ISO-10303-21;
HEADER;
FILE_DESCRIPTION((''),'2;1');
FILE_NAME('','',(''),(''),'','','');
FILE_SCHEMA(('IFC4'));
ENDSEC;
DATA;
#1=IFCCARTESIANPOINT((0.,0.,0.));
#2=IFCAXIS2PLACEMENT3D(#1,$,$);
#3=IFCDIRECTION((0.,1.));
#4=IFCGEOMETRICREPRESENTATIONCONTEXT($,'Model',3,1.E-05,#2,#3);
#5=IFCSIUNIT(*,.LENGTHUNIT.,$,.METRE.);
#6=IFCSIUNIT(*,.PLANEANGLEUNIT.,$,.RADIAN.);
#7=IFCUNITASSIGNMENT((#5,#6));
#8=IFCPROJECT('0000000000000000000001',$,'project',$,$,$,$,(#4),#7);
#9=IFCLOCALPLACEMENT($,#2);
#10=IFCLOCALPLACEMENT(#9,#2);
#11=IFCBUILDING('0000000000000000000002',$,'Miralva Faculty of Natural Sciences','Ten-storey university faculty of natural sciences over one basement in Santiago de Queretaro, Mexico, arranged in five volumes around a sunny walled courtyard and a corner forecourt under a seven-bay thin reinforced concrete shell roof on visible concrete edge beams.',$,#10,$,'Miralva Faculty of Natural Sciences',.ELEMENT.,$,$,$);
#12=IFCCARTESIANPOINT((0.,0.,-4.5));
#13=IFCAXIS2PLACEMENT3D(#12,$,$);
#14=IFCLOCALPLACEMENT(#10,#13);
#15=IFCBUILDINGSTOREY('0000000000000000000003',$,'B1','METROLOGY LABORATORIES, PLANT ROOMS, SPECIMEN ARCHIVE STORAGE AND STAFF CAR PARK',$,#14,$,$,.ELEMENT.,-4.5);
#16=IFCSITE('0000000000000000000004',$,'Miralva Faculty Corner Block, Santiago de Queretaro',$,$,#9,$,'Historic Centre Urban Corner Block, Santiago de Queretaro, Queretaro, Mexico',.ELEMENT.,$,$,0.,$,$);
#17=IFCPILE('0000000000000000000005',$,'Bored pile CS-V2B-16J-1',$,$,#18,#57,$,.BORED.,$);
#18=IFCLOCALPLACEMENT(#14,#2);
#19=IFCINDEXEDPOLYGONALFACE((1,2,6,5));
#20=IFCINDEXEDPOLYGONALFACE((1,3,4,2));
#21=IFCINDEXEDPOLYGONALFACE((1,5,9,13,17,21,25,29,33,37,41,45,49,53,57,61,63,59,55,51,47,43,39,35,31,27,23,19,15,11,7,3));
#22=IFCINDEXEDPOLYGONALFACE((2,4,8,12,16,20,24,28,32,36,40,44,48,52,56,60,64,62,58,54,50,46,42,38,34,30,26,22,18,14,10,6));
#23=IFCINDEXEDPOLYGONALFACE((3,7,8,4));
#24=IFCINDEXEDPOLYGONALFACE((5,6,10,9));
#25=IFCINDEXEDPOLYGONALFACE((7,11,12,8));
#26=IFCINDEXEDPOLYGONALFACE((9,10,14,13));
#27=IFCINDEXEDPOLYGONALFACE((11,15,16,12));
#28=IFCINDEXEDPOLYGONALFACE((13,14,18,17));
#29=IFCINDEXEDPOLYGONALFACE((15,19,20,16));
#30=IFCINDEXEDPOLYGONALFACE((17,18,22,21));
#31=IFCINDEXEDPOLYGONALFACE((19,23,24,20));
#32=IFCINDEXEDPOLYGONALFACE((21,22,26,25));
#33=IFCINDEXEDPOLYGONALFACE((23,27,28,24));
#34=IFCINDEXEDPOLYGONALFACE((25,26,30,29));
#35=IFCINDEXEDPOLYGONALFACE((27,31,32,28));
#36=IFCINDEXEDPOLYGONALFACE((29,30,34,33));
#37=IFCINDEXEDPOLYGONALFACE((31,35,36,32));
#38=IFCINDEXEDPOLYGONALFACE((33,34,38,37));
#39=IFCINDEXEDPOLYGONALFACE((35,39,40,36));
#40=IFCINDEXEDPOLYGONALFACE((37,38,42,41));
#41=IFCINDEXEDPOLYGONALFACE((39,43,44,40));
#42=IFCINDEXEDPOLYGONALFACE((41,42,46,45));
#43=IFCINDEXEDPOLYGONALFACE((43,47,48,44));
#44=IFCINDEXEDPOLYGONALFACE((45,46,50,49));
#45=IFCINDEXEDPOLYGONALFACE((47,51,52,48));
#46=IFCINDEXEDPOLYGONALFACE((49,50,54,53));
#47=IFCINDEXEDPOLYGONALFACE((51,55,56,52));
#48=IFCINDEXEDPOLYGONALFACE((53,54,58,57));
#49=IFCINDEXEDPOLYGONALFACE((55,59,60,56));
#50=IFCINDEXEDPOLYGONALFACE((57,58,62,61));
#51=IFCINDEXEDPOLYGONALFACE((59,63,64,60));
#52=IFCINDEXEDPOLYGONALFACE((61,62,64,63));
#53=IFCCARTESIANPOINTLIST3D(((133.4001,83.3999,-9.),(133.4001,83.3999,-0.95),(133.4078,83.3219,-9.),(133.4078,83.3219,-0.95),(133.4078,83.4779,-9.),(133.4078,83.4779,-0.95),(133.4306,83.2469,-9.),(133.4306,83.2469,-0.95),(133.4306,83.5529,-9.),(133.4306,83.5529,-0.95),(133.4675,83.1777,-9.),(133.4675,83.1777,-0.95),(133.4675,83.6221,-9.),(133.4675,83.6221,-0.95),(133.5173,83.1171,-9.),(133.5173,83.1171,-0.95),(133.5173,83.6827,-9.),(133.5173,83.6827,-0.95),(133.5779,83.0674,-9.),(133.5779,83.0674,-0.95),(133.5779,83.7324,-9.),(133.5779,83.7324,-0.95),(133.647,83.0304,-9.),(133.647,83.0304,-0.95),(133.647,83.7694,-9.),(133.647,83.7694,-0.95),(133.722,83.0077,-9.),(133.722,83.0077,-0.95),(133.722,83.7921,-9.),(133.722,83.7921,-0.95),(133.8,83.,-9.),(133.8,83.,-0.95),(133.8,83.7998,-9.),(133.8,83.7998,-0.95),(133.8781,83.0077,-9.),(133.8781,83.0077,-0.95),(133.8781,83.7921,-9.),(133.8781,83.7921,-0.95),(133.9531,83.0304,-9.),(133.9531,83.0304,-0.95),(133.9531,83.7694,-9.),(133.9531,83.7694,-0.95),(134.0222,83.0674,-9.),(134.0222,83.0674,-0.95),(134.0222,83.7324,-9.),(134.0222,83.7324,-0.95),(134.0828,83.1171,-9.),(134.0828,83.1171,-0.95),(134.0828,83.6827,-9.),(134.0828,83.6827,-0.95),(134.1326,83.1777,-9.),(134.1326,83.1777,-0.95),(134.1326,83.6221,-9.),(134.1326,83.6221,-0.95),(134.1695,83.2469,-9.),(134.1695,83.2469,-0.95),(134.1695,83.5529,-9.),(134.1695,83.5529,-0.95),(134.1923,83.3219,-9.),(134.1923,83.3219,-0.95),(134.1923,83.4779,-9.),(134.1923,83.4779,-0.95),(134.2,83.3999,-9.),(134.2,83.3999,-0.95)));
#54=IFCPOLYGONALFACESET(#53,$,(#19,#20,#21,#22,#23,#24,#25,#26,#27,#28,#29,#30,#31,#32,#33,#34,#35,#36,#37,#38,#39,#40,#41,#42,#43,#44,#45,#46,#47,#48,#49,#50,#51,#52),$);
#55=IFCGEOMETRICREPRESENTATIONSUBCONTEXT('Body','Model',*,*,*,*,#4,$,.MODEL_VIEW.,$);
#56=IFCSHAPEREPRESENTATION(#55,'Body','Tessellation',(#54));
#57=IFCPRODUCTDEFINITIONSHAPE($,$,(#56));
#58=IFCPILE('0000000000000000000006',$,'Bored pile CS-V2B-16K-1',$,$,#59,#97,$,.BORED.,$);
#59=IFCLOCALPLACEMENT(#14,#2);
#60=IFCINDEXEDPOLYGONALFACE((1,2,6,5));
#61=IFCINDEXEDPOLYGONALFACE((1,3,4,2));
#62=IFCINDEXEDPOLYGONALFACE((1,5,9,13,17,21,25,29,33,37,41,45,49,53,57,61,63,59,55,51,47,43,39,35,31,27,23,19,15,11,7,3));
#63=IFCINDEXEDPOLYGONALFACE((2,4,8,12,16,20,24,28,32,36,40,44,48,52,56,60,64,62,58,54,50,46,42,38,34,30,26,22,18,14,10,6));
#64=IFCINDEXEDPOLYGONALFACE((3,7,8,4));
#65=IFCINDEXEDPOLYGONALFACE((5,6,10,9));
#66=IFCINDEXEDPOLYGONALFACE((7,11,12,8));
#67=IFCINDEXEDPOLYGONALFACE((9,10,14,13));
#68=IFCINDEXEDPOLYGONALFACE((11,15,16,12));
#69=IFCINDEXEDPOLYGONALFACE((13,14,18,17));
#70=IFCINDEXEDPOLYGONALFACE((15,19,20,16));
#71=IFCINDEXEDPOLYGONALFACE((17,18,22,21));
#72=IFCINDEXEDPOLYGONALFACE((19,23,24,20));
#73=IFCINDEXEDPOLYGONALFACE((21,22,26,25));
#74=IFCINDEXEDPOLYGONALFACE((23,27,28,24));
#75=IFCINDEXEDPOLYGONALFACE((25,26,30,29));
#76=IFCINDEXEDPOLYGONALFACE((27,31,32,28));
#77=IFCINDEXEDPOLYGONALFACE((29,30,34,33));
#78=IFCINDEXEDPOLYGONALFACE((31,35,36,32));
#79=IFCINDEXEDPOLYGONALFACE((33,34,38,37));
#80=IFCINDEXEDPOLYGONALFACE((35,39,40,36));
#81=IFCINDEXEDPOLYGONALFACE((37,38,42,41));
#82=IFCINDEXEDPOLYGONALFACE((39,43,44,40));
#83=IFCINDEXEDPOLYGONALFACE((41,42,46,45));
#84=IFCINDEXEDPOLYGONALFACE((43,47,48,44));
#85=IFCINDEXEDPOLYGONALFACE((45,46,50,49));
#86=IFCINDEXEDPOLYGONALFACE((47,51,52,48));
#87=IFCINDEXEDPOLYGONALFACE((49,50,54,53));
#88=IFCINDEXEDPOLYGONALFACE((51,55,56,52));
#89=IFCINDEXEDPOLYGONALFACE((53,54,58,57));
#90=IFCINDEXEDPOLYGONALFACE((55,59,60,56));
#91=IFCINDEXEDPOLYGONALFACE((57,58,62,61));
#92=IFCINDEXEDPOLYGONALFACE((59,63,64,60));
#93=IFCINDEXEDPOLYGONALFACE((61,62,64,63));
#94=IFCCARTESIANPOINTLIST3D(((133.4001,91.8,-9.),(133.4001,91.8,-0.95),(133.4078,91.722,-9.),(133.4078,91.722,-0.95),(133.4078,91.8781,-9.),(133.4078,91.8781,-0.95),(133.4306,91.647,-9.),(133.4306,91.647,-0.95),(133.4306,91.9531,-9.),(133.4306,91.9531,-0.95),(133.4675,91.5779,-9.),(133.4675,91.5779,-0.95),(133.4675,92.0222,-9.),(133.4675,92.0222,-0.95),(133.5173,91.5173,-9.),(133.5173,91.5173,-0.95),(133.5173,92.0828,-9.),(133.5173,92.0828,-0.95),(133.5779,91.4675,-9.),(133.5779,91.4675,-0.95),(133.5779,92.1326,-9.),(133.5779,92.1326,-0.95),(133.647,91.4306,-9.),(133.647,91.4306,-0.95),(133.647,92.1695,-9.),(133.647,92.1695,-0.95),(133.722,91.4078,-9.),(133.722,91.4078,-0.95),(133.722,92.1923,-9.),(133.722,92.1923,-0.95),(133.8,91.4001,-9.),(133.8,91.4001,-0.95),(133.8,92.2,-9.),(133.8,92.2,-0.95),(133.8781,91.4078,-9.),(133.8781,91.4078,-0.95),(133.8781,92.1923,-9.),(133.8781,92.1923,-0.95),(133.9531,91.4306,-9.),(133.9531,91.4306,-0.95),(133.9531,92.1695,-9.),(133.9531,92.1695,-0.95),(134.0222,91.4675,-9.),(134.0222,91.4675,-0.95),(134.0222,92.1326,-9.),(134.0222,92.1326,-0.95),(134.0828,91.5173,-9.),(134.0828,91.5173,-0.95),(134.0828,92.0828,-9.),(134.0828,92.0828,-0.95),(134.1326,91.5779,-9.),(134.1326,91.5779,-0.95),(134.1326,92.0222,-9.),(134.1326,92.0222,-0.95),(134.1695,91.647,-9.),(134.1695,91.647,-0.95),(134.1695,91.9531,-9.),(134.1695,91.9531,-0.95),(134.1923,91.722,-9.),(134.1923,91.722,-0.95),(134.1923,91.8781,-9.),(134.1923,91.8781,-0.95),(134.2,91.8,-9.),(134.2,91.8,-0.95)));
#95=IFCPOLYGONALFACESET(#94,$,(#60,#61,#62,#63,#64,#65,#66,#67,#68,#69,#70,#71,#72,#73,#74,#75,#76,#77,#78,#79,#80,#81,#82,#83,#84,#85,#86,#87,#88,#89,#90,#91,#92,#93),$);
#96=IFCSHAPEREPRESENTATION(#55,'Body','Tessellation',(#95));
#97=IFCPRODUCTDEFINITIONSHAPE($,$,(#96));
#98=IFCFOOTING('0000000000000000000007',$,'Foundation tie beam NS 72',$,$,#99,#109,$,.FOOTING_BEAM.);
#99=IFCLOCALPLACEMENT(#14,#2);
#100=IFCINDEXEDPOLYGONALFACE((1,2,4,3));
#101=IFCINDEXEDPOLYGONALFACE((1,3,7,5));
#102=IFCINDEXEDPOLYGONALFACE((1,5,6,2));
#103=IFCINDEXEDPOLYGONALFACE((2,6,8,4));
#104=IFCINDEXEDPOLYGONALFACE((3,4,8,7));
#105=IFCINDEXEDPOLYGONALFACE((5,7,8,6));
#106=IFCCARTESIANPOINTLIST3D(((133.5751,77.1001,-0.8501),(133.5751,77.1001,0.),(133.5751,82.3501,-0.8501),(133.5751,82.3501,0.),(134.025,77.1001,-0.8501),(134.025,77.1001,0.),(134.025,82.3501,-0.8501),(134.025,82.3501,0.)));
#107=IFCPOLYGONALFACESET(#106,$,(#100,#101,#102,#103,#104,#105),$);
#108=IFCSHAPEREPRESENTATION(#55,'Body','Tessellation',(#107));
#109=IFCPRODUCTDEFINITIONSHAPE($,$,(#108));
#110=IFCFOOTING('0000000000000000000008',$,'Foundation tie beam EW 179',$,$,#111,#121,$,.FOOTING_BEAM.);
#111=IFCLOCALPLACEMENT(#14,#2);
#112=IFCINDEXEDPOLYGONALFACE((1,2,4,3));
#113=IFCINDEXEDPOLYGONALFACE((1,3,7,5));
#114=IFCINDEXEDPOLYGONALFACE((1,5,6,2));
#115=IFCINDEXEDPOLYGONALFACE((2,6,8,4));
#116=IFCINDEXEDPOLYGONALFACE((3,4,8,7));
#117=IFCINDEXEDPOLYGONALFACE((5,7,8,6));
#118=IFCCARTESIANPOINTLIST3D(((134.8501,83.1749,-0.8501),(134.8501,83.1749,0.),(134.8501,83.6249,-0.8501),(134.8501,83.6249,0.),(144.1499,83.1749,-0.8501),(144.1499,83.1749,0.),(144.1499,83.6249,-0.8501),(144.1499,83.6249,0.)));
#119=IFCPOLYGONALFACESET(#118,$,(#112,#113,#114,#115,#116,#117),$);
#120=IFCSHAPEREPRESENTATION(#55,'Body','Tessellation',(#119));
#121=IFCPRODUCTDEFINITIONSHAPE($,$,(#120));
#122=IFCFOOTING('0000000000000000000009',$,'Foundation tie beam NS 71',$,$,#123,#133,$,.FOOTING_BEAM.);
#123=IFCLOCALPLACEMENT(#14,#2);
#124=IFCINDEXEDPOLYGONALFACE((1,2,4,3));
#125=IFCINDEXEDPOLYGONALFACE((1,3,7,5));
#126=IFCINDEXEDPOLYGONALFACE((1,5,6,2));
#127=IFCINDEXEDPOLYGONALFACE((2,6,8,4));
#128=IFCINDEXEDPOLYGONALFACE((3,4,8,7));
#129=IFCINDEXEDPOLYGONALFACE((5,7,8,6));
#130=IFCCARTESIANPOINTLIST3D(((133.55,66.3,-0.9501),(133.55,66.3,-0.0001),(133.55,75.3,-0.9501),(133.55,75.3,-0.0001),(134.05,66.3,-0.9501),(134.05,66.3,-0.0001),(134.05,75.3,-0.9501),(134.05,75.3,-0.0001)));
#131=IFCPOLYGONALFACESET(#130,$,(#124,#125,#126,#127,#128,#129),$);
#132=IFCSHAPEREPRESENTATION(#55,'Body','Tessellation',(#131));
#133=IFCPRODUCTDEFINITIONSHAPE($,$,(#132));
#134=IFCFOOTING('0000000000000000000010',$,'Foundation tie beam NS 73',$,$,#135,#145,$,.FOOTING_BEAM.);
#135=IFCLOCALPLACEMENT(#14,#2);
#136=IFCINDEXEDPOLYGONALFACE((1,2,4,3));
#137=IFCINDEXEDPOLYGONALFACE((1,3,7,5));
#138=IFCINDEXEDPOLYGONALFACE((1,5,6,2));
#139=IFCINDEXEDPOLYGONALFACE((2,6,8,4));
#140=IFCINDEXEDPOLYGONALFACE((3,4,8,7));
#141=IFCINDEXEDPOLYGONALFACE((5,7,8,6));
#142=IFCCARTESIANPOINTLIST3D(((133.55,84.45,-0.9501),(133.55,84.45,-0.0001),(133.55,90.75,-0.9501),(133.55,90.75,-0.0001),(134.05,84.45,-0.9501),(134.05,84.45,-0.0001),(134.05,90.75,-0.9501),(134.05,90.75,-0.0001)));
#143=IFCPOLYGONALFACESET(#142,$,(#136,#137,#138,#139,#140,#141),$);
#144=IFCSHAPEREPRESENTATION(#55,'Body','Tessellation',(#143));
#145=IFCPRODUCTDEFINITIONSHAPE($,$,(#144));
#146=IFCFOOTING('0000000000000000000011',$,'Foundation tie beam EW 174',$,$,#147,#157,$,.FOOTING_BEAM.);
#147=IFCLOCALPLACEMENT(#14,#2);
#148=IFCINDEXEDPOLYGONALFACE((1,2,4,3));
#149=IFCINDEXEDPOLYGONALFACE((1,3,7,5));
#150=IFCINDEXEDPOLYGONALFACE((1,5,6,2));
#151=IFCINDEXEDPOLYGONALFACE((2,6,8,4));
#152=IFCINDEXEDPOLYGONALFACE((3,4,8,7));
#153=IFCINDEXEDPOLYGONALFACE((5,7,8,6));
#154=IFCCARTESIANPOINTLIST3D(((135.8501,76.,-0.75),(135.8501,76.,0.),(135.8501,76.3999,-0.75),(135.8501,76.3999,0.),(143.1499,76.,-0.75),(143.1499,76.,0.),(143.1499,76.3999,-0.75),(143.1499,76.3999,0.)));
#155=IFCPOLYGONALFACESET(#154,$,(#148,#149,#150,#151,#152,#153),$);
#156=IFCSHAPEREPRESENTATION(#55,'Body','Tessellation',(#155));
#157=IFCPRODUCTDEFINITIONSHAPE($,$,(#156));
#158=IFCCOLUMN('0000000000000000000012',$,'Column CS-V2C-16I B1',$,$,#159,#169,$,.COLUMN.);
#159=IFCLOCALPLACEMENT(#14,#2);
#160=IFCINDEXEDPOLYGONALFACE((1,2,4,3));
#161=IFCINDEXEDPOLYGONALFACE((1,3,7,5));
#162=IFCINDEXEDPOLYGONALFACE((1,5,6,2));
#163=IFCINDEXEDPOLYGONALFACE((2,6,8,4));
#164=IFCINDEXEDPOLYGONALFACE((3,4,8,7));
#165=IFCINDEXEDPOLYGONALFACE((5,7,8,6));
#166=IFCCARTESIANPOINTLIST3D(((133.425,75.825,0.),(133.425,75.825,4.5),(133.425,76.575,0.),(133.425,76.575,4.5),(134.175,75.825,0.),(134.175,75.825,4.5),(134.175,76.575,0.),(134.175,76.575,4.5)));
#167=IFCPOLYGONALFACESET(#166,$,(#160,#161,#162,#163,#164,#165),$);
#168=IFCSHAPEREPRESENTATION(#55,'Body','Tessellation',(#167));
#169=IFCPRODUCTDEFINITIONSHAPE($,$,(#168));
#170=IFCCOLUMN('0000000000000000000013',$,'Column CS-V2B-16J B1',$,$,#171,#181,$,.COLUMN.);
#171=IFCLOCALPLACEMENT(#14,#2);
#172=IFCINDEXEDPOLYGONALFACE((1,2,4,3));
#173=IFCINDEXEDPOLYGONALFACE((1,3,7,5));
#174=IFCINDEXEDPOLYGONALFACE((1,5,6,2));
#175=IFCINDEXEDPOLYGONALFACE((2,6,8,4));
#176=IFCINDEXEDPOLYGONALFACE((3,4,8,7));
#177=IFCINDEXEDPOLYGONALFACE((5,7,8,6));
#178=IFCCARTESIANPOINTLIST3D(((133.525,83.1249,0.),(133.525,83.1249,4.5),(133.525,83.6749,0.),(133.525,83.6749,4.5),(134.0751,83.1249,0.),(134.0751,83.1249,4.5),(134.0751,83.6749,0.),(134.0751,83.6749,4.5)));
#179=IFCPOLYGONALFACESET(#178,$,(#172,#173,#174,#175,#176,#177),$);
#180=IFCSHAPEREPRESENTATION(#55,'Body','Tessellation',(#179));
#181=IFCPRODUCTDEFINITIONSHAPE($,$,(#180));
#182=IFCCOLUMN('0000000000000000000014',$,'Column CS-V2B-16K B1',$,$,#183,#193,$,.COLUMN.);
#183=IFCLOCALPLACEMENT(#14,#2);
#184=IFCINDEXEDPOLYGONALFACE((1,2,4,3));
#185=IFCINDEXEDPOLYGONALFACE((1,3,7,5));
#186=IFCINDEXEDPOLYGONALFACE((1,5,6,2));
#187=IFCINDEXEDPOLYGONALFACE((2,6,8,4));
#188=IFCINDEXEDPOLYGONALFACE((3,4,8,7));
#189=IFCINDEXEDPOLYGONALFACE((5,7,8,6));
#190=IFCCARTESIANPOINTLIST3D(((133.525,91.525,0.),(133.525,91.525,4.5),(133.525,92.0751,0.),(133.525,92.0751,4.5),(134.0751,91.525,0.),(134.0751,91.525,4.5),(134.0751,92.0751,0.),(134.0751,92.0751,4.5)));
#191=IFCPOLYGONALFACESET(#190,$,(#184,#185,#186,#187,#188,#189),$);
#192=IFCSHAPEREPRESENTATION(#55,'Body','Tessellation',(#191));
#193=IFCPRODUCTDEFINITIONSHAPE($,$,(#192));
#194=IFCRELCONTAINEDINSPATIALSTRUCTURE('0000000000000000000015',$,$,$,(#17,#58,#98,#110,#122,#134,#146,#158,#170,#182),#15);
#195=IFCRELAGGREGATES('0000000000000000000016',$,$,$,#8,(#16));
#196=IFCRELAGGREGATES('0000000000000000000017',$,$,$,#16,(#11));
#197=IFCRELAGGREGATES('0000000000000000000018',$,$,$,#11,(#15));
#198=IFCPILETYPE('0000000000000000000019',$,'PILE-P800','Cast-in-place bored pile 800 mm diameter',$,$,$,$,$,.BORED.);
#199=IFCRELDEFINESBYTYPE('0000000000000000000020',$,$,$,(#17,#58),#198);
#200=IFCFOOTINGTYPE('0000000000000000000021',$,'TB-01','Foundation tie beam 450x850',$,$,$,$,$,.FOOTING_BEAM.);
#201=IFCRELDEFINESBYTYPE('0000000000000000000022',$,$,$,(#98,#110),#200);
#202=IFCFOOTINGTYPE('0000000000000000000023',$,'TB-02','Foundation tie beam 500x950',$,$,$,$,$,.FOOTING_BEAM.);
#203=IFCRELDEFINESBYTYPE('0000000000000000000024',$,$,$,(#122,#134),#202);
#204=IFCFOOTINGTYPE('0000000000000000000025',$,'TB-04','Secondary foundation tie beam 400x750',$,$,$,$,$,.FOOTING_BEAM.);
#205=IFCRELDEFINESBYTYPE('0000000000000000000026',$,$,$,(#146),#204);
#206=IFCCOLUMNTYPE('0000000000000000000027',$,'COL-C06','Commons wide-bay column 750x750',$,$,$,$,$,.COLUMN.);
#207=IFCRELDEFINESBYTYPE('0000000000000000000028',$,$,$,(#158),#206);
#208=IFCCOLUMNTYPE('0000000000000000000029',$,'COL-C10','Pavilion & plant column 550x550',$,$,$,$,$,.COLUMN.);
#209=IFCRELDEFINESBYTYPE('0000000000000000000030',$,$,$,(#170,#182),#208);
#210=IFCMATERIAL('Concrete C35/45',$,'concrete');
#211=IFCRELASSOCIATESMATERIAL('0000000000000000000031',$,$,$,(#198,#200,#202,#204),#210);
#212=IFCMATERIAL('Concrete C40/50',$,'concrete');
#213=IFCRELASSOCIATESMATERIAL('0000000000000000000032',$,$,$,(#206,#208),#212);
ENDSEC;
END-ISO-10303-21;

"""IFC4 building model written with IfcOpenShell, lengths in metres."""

from ifc_helpers import new_model, si_unit, direction, frame, origin, origin_2d, place, context, subcontext, project, spatial, rectangle, circle, extrude, material, material_profile, profile_set, type_object, element, save


model = new_model("IFC4")

# Units and contexts
model_context = context("Model", 3, precision=1e-05, world=origin(), true_north=direction((0.0, 1.0)))
body_context = subcontext(model_context, "Body", "Model", "MODEL_VIEW")
ifc_project = project(units=[si_unit("LENGTHUNIT", "METRE"), si_unit("PLANEANGLEUNIT", "RADIAN")], contexts=[model_context])

# Site, building, storey
site_placement = place(None, origin())
site = spatial("IfcSite", under=ifc_project, at=site_placement, Name="Miralva Faculty Corner Block, Santiago de Queretaro", LongName="Historic Centre Urban Corner Block, Santiago de Queretaro, Queretaro, Mexico", CompositionType="ELEMENT", RefElevation=0.0)
building_placement = place(site_placement, origin())
building = spatial("IfcBuilding", under=site, at=building_placement, Name="Miralva Faculty of Natural Sciences", Description="Ten-storey university faculty of natural sciences over one basement in Santiago de Queretaro, Mexico, arranged in five volumes around a sunny walled courtyard and a corner forecourt under a seven-bay thin reinforced concrete shell roof on visible concrete edge beams.", LongName="Miralva Faculty of Natural Sciences", CompositionType="ELEMENT")
storey_placement = place(building_placement, frame((0.0, 0.0, -4.5)))
storey = spatial("IfcBuildingStorey", under=building, at=storey_placement, Name="B1", Description="METROLOGY LABORATORIES, PLANT ROOMS, SPECIMEN ARCHIVE STORAGE AND STAFF CAR PARK", CompositionType="ELEMENT", Elevation=-4.5)

# Shared definitions
ifc_material_1 = material(Name="Concrete C35/45", Category="concrete")

# Piles
ifc_material_profile_1 = material_profile(ifc_material_1, circle(Radius=0.3999, at=origin_2d()), Name="BORED PILE 800")
ifc_profile_set_1 = profile_set([ifc_material_profile_1], Name="Concrete C35/45")
pile_type_1 = type_object("IfcPileType", Name="PILE-P800", Description="Cast-in-place bored pile 800 mm diameter", PredefinedType="BORED", material=ifc_profile_set_1)
for number, where, z_axis, x_axis, name in (
    (1, (133.8, 83.3999, -0.95), (0.0, 0.0, -1.0), (1.0, 0.0, 0.0), "Bored pile CS-V2B-16J-1"),
    (2, (133.8, 91.8, -0.95), (0.0, 0.0, -1.0), (1.0, 0.0, 0.0), "Bored pile CS-V2B-16K-1"),
):
    element("IfcPile", number, at=place(storey_placement, frame(where, z_axis=z_axis, x_axis=x_axis)), inside=storey, type_object=pile_type_1, Name=name, PredefinedType="BORED", context=body_context, shape_type="SweptSolid", body=[
        extrude(circle(Radius=0.3999, at=origin_2d()), origin(), (0.0, 0.0, 1.0), 8.05),
    ])

# Footings
ifc_material_profile_2 = material_profile(ifc_material_1, rectangle(XDim=0.45, YDim=0.8501, at=origin_2d()), Name="RC 450x850")
ifc_profile_set_2 = profile_set([ifc_material_profile_2], Name="Concrete C35/45")
footing_type_1 = type_object("IfcFootingType", Name="TB-01", Description="Foundation tie beam 450x850", PredefinedType="FOOTING_BEAM", material=ifc_profile_set_2)
footing_1_placement = place(storey_placement, frame((133.8, 77.1001, -0.425), z_axis=(0.0, 1.0, 0.0), x_axis=(-1.0, 0.0, 0.0)))
element("IfcFooting", 3, at=footing_1_placement, inside=storey, type_object=footing_type_1, Name="Foundation tie beam NS 72", PredefinedType="FOOTING_BEAM", context=body_context, shape_type="SweptSolid", body=[
    extrude(rectangle(XDim=0.45, YDim=0.8501, at=origin_2d()), origin(), (0.0, 0.0, 1.0), 5.25),
])
footing_2_placement = place(storey_placement, frame((134.8501, 83.3999, -0.425), z_axis=(1.0, 0.0, 0.0), x_axis=(0.0, 1.0, 0.0)))
element("IfcFooting", 4, at=footing_2_placement, inside=storey, type_object=footing_type_1, Name="Foundation tie beam EW 179", PredefinedType="FOOTING_BEAM", context=body_context, shape_type="SweptSolid", body=[
    extrude(rectangle(XDim=0.45, YDim=0.8501, at=origin_2d()), origin(), (0.0, 0.0, 1.0), 9.2998),
])
ifc_material_profile_3 = material_profile(ifc_material_1, rectangle(XDim=0.5, YDim=0.95, at=origin_2d()), Name="RC 500x950")
ifc_profile_set_3 = profile_set([ifc_material_profile_3], Name="Concrete C35/45")
footing_type_2 = type_object("IfcFootingType", Name="TB-02", Description="Foundation tie beam 500x950", PredefinedType="FOOTING_BEAM", material=ifc_profile_set_3)
footing_3_placement = place(storey_placement, frame((133.8, 66.3, -0.4751), z_axis=(0.0, 1.0, 0.0), x_axis=(-1.0, 0.0, 0.0)))
element("IfcFooting", 5, at=footing_3_placement, inside=storey, type_object=footing_type_2, Name="Foundation tie beam NS 71", PredefinedType="FOOTING_BEAM", context=body_context, shape_type="SweptSolid", body=[
    extrude(rectangle(XDim=0.5, YDim=0.95, at=origin_2d()), origin(), (0.0, 0.0, 1.0), 9.0),
])
footing_4_placement = place(storey_placement, frame((133.8, 84.45, -0.4751), z_axis=(0.0, 1.0, 0.0), x_axis=(-1.0, 0.0, 0.0)))
element("IfcFooting", 6, at=footing_4_placement, inside=storey, type_object=footing_type_2, Name="Foundation tie beam NS 73", PredefinedType="FOOTING_BEAM", context=body_context, shape_type="SweptSolid", body=[
    extrude(rectangle(XDim=0.5, YDim=0.95, at=origin_2d()), origin(), (0.0, 0.0, 1.0), 6.3),
])
ifc_material_profile_4 = material_profile(ifc_material_1, rectangle(XDim=0.3999, YDim=0.75, at=origin_2d()), Name="RC 400x750")
ifc_profile_set_4 = profile_set([ifc_material_profile_4], Name="Concrete C35/45")
footing_type_3 = type_object("IfcFootingType", Name="TB-04", Description="Secondary foundation tie beam 400x750", PredefinedType="FOOTING_BEAM", material=ifc_profile_set_4)
footing_5_placement = place(storey_placement, frame((135.8501, 76.2, -0.375), z_axis=(1.0, 0.0, 0.0), x_axis=(0.0, 1.0, 0.0)))
element("IfcFooting", 7, at=footing_5_placement, inside=storey, type_object=footing_type_3, Name="Foundation tie beam EW 174", PredefinedType="FOOTING_BEAM", context=body_context, shape_type="SweptSolid", body=[
    extrude(rectangle(XDim=0.3999, YDim=0.75, at=origin_2d()), origin(), (0.0, 0.0, 1.0), 7.2998),
])

# Columns
ifc_material_2 = material(Name="Concrete C40/50", Category="concrete")
ifc_material_profile_5 = material_profile(ifc_material_2, rectangle(XDim=0.75, YDim=0.75, at=origin_2d()), Name="RC 750x750")
ifc_profile_set_5 = profile_set([ifc_material_profile_5], Name="Concrete C40/50")
column_type_1 = type_object("IfcColumnType", Name="COL-C06", Description="Commons wide-bay column 750x750", PredefinedType="COLUMN", material=ifc_profile_set_5)
column_placement = place(storey_placement, frame((133.8, 76.2, 0.0), z_axis=(0.0, 0.0, 1.0), x_axis=(1.0, 0.0, 0.0)))
element("IfcColumn", 8, at=column_placement, inside=storey, type_object=column_type_1, Name="Column CS-V2C-16I B1", PredefinedType="COLUMN", context=body_context, shape_type="SweptSolid", body=[
    extrude(rectangle(XDim=0.75, YDim=0.75, at=origin_2d()), origin(), (0.0, 0.0, 1.0), 4.5),
])
ifc_material_profile_6 = material_profile(ifc_material_2, rectangle(XDim=0.55, YDim=0.55, at=origin_2d()), Name="RC 550x550")
ifc_profile_set_6 = profile_set([ifc_material_profile_6], Name="Concrete C40/50")
column_type_2 = type_object("IfcColumnType", Name="COL-C10", Description="Pavilion & plant column 550x550", PredefinedType="COLUMN", material=ifc_profile_set_6)
for number, where, z_axis, x_axis, name in (
    (9, (133.8, 83.3999, 0.0), (0.0, 0.0, 1.0), (1.0, 0.0, 0.0), "Column CS-V2B-16J B1"),
    (10, (133.8, 91.8, 0.0), (0.0, 0.0, 1.0), (1.0, 0.0, 0.0), "Column CS-V2B-16K B1"),
):
    element("IfcColumn", number, at=place(storey_placement, frame(where, z_axis=z_axis, x_axis=x_axis)), inside=storey, type_object=column_type_2, Name=name, PredefinedType="COLUMN", context=body_context, shape_type="SweptSolid", body=[
        extrude(rectangle(XDim=0.55, YDim=0.55, at=origin_2d()), origin(), (0.0, 0.0, 1.0), 4.5),
    ])

save(model, "model.ifc")
